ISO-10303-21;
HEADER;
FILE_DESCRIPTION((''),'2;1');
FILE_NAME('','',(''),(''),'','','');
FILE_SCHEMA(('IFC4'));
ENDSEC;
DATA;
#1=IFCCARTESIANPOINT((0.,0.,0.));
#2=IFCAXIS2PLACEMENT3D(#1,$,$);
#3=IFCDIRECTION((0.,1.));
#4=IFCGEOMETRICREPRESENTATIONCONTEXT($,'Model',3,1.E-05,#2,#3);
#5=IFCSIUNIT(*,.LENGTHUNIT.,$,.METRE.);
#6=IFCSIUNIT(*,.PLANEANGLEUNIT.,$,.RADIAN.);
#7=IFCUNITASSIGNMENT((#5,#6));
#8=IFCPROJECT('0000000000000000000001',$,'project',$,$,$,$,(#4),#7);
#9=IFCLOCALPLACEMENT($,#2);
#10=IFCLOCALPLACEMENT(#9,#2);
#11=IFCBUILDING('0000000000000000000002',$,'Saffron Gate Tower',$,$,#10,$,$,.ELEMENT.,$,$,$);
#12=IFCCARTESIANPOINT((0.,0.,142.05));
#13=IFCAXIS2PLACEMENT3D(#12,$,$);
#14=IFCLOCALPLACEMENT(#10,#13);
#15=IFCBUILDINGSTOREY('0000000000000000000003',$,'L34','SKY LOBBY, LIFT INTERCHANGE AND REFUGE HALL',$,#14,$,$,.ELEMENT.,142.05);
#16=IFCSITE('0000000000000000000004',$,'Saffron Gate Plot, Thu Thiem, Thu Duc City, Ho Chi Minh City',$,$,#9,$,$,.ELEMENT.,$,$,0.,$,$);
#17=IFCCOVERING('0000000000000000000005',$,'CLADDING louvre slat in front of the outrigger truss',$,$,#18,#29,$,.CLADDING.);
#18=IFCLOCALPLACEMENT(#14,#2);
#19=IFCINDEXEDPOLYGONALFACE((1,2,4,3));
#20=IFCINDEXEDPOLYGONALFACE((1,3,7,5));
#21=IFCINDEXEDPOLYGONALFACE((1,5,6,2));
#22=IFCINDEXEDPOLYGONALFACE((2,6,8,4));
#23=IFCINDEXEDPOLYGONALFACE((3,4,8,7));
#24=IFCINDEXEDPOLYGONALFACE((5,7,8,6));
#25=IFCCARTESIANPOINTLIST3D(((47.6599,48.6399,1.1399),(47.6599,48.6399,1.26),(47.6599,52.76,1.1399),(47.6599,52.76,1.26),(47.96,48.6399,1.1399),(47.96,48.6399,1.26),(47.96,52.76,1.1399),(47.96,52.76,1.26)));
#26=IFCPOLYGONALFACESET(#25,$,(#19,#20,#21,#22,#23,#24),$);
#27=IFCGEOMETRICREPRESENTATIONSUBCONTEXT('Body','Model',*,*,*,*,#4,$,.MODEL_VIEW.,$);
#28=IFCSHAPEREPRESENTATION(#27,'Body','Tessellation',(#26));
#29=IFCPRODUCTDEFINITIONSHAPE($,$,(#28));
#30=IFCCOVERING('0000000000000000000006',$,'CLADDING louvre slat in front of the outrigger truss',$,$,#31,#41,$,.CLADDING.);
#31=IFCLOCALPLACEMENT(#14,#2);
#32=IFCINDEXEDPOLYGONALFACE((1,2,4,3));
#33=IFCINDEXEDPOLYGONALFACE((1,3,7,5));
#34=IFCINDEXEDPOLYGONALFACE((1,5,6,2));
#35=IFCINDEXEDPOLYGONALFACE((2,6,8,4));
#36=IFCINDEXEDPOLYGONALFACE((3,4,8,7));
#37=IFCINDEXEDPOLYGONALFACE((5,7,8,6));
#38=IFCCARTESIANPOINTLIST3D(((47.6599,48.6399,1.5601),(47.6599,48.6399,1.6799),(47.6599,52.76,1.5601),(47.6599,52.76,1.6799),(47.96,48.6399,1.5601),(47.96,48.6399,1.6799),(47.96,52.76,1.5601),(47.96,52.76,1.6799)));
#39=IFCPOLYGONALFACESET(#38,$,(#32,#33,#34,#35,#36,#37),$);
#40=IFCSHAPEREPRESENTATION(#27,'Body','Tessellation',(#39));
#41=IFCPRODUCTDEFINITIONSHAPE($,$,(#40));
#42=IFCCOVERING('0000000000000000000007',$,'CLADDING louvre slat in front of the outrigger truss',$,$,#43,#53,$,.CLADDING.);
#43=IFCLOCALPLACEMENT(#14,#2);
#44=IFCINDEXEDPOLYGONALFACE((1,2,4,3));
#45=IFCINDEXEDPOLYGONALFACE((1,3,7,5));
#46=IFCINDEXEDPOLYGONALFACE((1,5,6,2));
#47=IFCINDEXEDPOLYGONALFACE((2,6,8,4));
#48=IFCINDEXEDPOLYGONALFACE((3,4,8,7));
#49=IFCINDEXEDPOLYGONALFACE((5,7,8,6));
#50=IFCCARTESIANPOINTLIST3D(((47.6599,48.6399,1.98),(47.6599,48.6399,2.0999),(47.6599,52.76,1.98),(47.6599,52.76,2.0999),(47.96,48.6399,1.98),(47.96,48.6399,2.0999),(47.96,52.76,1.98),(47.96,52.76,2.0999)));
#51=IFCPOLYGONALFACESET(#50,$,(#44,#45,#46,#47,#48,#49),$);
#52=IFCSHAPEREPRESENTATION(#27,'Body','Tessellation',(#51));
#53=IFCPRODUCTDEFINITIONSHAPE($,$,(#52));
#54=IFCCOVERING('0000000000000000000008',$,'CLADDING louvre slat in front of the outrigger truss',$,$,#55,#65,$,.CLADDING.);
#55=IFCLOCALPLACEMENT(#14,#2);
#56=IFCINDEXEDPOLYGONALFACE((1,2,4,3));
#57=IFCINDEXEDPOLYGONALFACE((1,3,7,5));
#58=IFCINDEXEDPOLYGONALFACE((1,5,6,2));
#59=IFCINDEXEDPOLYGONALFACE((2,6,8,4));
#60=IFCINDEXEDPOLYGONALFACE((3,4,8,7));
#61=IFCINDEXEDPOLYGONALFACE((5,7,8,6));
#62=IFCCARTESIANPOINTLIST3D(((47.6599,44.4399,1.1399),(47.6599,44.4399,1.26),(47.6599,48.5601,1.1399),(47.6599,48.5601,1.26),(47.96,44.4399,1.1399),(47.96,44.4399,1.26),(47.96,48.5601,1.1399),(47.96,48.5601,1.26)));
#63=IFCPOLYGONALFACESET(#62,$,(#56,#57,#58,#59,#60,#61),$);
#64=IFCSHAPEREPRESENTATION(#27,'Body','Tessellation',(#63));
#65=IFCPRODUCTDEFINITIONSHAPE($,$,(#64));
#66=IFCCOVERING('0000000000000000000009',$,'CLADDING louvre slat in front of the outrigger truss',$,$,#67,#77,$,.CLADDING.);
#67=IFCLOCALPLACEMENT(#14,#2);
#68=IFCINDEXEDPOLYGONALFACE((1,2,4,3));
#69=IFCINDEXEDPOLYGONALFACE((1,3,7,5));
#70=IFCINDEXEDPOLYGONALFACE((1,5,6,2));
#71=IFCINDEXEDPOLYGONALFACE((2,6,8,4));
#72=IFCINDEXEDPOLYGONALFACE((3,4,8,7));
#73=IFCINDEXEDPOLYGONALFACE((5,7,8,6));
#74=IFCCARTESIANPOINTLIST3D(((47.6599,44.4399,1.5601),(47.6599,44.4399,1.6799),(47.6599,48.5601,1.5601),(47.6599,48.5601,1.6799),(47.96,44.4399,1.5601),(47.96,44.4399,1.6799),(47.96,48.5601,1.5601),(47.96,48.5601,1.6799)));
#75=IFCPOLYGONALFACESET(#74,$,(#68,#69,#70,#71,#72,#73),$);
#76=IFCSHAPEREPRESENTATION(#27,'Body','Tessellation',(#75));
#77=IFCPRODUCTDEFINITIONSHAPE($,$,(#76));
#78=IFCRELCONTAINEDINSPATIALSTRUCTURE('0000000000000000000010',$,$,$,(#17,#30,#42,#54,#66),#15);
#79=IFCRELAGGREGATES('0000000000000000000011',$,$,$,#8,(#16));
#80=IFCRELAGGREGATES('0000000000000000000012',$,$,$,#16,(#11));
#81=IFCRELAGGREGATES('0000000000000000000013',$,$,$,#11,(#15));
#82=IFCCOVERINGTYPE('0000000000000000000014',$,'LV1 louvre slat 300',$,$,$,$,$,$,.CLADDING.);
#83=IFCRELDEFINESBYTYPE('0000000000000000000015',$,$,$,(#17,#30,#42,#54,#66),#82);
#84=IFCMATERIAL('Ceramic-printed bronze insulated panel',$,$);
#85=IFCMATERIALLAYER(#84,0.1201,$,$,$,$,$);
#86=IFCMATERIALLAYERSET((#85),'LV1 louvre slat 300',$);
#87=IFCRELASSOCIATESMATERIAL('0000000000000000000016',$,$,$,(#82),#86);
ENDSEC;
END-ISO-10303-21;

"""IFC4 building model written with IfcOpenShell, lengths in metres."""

from ifc_helpers import new_model, si_unit, direction, frame, origin, place, context, subcontext, project, spatial, polyline, outline, extrude, material, layer, layer_set, type_object, element, save


model = new_model("IFC4")

# Units and contexts
model_context = context("Model", 3, precision=1e-05, world=origin(), true_north=direction((0.0, 1.0)))
body_context = subcontext(model_context, "Body", "Model", "MODEL_VIEW")
ifc_project = project(units=[si_unit("LENGTHUNIT", "METRE"), si_unit("PLANEANGLEUNIT", "RADIAN")], contexts=[model_context])

# Site, building, storey
site_placement = place(None, origin())
site = spatial("IfcSite", under=ifc_project, at=site_placement, Name="Saffron Gate Plot, Thu Thiem, Thu Duc City, Ho Chi Minh City", CompositionType="ELEMENT", RefElevation=0.0)
building_placement = place(site_placement, origin())
building = spatial("IfcBuilding", under=site, at=building_placement, Name="Saffron Gate Tower", CompositionType="ELEMENT")
storey_placement = place(building_placement, frame((0.0, 0.0, 142.05)))
storey = spatial("IfcBuildingStorey", under=building, at=storey_placement, Name="L34", Description="SKY LOBBY, LIFT INTERCHANGE AND REFUGE HALL", CompositionType="ELEMENT", Elevation=142.05)

# Coverings
ifc_material = material(Name="Ceramic-printed bronze insulated panel")
ifc_layer = layer(ifc_material, 0.1201)
ifc_layer_set = layer_set([ifc_layer], Name="LV1 louvre slat 300")
covering_type = type_object("IfcCoveringType", Name="LV1 louvre slat 300", PredefinedType="CLADDING", material=ifc_layer_set)
covering_1_placement = place(storey_placement, frame((0.0, 0.0, 1.1399)))
element("IfcCovering", 1, at=covering_1_placement, inside=storey, type_object=covering_type, Name="CLADDING louvre slat in front of the outrigger truss", PredefinedType="CLADDING", context=body_context, shape_type="SweptSolid", body=[
    extrude(outline(polyline([(47.6599, 52.76), (47.6599, 48.6399), (47.96, 48.6399), (47.96, 52.76), (47.6599, 52.76)])), origin(), (0.0, 0.0, 1.0), 0.1201),
])
for number, where, name in (
    (2, (0.0, 0.0, 1.5601), "CLADDING louvre slat in front of the outrigger truss"),
    (3, (0.0, 0.0, 1.98), "CLADDING louvre slat in front of the outrigger truss"),
):
    element("IfcCovering", number, at=place(storey_placement, frame(where)), inside=storey, type_object=covering_type, Name=name, PredefinedType="CLADDING", context=body_context, shape_type="SweptSolid", body=[
        extrude(outline(polyline([(47.6599, 52.76), (47.6599, 48.6399), (47.96, 48.6399), (47.96, 52.76), (47.6599, 52.76)])), origin(), (0.0, 0.0, 1.0), 0.1199),
    ])
covering_2_placement = place(storey_placement, frame((0.0, 0.0, 1.1399)))
element("IfcCovering", 4, at=covering_2_placement, inside=storey, type_object=covering_type, Name="CLADDING louvre slat in front of the outrigger truss", PredefinedType="CLADDING", context=body_context, shape_type="SweptSolid", body=[
    extrude(outline(polyline([(47.6599, 48.5601), (47.6599, 44.4399), (47.96, 44.4399), (47.96, 48.5601), (47.6599, 48.5601)])), origin(), (0.0, 0.0, 1.0), 0.1201),
])
covering_3_placement = place(storey_placement, frame((0.0, 0.0, 1.5601)))
element("IfcCovering", 5, at=covering_3_placement, inside=storey, type_object=covering_type, Name="CLADDING louvre slat in front of the outrigger truss", PredefinedType="CLADDING", context=body_context, shape_type="SweptSolid", body=[
    extrude(outline(polyline([(47.6599, 48.5601), (47.6599, 44.4399), (47.96, 44.4399), (47.96, 48.5601), (47.6599, 48.5601)])), origin(), (0.0, 0.0, 1.0), 0.1199),
])

save(model, "model.ifc")
